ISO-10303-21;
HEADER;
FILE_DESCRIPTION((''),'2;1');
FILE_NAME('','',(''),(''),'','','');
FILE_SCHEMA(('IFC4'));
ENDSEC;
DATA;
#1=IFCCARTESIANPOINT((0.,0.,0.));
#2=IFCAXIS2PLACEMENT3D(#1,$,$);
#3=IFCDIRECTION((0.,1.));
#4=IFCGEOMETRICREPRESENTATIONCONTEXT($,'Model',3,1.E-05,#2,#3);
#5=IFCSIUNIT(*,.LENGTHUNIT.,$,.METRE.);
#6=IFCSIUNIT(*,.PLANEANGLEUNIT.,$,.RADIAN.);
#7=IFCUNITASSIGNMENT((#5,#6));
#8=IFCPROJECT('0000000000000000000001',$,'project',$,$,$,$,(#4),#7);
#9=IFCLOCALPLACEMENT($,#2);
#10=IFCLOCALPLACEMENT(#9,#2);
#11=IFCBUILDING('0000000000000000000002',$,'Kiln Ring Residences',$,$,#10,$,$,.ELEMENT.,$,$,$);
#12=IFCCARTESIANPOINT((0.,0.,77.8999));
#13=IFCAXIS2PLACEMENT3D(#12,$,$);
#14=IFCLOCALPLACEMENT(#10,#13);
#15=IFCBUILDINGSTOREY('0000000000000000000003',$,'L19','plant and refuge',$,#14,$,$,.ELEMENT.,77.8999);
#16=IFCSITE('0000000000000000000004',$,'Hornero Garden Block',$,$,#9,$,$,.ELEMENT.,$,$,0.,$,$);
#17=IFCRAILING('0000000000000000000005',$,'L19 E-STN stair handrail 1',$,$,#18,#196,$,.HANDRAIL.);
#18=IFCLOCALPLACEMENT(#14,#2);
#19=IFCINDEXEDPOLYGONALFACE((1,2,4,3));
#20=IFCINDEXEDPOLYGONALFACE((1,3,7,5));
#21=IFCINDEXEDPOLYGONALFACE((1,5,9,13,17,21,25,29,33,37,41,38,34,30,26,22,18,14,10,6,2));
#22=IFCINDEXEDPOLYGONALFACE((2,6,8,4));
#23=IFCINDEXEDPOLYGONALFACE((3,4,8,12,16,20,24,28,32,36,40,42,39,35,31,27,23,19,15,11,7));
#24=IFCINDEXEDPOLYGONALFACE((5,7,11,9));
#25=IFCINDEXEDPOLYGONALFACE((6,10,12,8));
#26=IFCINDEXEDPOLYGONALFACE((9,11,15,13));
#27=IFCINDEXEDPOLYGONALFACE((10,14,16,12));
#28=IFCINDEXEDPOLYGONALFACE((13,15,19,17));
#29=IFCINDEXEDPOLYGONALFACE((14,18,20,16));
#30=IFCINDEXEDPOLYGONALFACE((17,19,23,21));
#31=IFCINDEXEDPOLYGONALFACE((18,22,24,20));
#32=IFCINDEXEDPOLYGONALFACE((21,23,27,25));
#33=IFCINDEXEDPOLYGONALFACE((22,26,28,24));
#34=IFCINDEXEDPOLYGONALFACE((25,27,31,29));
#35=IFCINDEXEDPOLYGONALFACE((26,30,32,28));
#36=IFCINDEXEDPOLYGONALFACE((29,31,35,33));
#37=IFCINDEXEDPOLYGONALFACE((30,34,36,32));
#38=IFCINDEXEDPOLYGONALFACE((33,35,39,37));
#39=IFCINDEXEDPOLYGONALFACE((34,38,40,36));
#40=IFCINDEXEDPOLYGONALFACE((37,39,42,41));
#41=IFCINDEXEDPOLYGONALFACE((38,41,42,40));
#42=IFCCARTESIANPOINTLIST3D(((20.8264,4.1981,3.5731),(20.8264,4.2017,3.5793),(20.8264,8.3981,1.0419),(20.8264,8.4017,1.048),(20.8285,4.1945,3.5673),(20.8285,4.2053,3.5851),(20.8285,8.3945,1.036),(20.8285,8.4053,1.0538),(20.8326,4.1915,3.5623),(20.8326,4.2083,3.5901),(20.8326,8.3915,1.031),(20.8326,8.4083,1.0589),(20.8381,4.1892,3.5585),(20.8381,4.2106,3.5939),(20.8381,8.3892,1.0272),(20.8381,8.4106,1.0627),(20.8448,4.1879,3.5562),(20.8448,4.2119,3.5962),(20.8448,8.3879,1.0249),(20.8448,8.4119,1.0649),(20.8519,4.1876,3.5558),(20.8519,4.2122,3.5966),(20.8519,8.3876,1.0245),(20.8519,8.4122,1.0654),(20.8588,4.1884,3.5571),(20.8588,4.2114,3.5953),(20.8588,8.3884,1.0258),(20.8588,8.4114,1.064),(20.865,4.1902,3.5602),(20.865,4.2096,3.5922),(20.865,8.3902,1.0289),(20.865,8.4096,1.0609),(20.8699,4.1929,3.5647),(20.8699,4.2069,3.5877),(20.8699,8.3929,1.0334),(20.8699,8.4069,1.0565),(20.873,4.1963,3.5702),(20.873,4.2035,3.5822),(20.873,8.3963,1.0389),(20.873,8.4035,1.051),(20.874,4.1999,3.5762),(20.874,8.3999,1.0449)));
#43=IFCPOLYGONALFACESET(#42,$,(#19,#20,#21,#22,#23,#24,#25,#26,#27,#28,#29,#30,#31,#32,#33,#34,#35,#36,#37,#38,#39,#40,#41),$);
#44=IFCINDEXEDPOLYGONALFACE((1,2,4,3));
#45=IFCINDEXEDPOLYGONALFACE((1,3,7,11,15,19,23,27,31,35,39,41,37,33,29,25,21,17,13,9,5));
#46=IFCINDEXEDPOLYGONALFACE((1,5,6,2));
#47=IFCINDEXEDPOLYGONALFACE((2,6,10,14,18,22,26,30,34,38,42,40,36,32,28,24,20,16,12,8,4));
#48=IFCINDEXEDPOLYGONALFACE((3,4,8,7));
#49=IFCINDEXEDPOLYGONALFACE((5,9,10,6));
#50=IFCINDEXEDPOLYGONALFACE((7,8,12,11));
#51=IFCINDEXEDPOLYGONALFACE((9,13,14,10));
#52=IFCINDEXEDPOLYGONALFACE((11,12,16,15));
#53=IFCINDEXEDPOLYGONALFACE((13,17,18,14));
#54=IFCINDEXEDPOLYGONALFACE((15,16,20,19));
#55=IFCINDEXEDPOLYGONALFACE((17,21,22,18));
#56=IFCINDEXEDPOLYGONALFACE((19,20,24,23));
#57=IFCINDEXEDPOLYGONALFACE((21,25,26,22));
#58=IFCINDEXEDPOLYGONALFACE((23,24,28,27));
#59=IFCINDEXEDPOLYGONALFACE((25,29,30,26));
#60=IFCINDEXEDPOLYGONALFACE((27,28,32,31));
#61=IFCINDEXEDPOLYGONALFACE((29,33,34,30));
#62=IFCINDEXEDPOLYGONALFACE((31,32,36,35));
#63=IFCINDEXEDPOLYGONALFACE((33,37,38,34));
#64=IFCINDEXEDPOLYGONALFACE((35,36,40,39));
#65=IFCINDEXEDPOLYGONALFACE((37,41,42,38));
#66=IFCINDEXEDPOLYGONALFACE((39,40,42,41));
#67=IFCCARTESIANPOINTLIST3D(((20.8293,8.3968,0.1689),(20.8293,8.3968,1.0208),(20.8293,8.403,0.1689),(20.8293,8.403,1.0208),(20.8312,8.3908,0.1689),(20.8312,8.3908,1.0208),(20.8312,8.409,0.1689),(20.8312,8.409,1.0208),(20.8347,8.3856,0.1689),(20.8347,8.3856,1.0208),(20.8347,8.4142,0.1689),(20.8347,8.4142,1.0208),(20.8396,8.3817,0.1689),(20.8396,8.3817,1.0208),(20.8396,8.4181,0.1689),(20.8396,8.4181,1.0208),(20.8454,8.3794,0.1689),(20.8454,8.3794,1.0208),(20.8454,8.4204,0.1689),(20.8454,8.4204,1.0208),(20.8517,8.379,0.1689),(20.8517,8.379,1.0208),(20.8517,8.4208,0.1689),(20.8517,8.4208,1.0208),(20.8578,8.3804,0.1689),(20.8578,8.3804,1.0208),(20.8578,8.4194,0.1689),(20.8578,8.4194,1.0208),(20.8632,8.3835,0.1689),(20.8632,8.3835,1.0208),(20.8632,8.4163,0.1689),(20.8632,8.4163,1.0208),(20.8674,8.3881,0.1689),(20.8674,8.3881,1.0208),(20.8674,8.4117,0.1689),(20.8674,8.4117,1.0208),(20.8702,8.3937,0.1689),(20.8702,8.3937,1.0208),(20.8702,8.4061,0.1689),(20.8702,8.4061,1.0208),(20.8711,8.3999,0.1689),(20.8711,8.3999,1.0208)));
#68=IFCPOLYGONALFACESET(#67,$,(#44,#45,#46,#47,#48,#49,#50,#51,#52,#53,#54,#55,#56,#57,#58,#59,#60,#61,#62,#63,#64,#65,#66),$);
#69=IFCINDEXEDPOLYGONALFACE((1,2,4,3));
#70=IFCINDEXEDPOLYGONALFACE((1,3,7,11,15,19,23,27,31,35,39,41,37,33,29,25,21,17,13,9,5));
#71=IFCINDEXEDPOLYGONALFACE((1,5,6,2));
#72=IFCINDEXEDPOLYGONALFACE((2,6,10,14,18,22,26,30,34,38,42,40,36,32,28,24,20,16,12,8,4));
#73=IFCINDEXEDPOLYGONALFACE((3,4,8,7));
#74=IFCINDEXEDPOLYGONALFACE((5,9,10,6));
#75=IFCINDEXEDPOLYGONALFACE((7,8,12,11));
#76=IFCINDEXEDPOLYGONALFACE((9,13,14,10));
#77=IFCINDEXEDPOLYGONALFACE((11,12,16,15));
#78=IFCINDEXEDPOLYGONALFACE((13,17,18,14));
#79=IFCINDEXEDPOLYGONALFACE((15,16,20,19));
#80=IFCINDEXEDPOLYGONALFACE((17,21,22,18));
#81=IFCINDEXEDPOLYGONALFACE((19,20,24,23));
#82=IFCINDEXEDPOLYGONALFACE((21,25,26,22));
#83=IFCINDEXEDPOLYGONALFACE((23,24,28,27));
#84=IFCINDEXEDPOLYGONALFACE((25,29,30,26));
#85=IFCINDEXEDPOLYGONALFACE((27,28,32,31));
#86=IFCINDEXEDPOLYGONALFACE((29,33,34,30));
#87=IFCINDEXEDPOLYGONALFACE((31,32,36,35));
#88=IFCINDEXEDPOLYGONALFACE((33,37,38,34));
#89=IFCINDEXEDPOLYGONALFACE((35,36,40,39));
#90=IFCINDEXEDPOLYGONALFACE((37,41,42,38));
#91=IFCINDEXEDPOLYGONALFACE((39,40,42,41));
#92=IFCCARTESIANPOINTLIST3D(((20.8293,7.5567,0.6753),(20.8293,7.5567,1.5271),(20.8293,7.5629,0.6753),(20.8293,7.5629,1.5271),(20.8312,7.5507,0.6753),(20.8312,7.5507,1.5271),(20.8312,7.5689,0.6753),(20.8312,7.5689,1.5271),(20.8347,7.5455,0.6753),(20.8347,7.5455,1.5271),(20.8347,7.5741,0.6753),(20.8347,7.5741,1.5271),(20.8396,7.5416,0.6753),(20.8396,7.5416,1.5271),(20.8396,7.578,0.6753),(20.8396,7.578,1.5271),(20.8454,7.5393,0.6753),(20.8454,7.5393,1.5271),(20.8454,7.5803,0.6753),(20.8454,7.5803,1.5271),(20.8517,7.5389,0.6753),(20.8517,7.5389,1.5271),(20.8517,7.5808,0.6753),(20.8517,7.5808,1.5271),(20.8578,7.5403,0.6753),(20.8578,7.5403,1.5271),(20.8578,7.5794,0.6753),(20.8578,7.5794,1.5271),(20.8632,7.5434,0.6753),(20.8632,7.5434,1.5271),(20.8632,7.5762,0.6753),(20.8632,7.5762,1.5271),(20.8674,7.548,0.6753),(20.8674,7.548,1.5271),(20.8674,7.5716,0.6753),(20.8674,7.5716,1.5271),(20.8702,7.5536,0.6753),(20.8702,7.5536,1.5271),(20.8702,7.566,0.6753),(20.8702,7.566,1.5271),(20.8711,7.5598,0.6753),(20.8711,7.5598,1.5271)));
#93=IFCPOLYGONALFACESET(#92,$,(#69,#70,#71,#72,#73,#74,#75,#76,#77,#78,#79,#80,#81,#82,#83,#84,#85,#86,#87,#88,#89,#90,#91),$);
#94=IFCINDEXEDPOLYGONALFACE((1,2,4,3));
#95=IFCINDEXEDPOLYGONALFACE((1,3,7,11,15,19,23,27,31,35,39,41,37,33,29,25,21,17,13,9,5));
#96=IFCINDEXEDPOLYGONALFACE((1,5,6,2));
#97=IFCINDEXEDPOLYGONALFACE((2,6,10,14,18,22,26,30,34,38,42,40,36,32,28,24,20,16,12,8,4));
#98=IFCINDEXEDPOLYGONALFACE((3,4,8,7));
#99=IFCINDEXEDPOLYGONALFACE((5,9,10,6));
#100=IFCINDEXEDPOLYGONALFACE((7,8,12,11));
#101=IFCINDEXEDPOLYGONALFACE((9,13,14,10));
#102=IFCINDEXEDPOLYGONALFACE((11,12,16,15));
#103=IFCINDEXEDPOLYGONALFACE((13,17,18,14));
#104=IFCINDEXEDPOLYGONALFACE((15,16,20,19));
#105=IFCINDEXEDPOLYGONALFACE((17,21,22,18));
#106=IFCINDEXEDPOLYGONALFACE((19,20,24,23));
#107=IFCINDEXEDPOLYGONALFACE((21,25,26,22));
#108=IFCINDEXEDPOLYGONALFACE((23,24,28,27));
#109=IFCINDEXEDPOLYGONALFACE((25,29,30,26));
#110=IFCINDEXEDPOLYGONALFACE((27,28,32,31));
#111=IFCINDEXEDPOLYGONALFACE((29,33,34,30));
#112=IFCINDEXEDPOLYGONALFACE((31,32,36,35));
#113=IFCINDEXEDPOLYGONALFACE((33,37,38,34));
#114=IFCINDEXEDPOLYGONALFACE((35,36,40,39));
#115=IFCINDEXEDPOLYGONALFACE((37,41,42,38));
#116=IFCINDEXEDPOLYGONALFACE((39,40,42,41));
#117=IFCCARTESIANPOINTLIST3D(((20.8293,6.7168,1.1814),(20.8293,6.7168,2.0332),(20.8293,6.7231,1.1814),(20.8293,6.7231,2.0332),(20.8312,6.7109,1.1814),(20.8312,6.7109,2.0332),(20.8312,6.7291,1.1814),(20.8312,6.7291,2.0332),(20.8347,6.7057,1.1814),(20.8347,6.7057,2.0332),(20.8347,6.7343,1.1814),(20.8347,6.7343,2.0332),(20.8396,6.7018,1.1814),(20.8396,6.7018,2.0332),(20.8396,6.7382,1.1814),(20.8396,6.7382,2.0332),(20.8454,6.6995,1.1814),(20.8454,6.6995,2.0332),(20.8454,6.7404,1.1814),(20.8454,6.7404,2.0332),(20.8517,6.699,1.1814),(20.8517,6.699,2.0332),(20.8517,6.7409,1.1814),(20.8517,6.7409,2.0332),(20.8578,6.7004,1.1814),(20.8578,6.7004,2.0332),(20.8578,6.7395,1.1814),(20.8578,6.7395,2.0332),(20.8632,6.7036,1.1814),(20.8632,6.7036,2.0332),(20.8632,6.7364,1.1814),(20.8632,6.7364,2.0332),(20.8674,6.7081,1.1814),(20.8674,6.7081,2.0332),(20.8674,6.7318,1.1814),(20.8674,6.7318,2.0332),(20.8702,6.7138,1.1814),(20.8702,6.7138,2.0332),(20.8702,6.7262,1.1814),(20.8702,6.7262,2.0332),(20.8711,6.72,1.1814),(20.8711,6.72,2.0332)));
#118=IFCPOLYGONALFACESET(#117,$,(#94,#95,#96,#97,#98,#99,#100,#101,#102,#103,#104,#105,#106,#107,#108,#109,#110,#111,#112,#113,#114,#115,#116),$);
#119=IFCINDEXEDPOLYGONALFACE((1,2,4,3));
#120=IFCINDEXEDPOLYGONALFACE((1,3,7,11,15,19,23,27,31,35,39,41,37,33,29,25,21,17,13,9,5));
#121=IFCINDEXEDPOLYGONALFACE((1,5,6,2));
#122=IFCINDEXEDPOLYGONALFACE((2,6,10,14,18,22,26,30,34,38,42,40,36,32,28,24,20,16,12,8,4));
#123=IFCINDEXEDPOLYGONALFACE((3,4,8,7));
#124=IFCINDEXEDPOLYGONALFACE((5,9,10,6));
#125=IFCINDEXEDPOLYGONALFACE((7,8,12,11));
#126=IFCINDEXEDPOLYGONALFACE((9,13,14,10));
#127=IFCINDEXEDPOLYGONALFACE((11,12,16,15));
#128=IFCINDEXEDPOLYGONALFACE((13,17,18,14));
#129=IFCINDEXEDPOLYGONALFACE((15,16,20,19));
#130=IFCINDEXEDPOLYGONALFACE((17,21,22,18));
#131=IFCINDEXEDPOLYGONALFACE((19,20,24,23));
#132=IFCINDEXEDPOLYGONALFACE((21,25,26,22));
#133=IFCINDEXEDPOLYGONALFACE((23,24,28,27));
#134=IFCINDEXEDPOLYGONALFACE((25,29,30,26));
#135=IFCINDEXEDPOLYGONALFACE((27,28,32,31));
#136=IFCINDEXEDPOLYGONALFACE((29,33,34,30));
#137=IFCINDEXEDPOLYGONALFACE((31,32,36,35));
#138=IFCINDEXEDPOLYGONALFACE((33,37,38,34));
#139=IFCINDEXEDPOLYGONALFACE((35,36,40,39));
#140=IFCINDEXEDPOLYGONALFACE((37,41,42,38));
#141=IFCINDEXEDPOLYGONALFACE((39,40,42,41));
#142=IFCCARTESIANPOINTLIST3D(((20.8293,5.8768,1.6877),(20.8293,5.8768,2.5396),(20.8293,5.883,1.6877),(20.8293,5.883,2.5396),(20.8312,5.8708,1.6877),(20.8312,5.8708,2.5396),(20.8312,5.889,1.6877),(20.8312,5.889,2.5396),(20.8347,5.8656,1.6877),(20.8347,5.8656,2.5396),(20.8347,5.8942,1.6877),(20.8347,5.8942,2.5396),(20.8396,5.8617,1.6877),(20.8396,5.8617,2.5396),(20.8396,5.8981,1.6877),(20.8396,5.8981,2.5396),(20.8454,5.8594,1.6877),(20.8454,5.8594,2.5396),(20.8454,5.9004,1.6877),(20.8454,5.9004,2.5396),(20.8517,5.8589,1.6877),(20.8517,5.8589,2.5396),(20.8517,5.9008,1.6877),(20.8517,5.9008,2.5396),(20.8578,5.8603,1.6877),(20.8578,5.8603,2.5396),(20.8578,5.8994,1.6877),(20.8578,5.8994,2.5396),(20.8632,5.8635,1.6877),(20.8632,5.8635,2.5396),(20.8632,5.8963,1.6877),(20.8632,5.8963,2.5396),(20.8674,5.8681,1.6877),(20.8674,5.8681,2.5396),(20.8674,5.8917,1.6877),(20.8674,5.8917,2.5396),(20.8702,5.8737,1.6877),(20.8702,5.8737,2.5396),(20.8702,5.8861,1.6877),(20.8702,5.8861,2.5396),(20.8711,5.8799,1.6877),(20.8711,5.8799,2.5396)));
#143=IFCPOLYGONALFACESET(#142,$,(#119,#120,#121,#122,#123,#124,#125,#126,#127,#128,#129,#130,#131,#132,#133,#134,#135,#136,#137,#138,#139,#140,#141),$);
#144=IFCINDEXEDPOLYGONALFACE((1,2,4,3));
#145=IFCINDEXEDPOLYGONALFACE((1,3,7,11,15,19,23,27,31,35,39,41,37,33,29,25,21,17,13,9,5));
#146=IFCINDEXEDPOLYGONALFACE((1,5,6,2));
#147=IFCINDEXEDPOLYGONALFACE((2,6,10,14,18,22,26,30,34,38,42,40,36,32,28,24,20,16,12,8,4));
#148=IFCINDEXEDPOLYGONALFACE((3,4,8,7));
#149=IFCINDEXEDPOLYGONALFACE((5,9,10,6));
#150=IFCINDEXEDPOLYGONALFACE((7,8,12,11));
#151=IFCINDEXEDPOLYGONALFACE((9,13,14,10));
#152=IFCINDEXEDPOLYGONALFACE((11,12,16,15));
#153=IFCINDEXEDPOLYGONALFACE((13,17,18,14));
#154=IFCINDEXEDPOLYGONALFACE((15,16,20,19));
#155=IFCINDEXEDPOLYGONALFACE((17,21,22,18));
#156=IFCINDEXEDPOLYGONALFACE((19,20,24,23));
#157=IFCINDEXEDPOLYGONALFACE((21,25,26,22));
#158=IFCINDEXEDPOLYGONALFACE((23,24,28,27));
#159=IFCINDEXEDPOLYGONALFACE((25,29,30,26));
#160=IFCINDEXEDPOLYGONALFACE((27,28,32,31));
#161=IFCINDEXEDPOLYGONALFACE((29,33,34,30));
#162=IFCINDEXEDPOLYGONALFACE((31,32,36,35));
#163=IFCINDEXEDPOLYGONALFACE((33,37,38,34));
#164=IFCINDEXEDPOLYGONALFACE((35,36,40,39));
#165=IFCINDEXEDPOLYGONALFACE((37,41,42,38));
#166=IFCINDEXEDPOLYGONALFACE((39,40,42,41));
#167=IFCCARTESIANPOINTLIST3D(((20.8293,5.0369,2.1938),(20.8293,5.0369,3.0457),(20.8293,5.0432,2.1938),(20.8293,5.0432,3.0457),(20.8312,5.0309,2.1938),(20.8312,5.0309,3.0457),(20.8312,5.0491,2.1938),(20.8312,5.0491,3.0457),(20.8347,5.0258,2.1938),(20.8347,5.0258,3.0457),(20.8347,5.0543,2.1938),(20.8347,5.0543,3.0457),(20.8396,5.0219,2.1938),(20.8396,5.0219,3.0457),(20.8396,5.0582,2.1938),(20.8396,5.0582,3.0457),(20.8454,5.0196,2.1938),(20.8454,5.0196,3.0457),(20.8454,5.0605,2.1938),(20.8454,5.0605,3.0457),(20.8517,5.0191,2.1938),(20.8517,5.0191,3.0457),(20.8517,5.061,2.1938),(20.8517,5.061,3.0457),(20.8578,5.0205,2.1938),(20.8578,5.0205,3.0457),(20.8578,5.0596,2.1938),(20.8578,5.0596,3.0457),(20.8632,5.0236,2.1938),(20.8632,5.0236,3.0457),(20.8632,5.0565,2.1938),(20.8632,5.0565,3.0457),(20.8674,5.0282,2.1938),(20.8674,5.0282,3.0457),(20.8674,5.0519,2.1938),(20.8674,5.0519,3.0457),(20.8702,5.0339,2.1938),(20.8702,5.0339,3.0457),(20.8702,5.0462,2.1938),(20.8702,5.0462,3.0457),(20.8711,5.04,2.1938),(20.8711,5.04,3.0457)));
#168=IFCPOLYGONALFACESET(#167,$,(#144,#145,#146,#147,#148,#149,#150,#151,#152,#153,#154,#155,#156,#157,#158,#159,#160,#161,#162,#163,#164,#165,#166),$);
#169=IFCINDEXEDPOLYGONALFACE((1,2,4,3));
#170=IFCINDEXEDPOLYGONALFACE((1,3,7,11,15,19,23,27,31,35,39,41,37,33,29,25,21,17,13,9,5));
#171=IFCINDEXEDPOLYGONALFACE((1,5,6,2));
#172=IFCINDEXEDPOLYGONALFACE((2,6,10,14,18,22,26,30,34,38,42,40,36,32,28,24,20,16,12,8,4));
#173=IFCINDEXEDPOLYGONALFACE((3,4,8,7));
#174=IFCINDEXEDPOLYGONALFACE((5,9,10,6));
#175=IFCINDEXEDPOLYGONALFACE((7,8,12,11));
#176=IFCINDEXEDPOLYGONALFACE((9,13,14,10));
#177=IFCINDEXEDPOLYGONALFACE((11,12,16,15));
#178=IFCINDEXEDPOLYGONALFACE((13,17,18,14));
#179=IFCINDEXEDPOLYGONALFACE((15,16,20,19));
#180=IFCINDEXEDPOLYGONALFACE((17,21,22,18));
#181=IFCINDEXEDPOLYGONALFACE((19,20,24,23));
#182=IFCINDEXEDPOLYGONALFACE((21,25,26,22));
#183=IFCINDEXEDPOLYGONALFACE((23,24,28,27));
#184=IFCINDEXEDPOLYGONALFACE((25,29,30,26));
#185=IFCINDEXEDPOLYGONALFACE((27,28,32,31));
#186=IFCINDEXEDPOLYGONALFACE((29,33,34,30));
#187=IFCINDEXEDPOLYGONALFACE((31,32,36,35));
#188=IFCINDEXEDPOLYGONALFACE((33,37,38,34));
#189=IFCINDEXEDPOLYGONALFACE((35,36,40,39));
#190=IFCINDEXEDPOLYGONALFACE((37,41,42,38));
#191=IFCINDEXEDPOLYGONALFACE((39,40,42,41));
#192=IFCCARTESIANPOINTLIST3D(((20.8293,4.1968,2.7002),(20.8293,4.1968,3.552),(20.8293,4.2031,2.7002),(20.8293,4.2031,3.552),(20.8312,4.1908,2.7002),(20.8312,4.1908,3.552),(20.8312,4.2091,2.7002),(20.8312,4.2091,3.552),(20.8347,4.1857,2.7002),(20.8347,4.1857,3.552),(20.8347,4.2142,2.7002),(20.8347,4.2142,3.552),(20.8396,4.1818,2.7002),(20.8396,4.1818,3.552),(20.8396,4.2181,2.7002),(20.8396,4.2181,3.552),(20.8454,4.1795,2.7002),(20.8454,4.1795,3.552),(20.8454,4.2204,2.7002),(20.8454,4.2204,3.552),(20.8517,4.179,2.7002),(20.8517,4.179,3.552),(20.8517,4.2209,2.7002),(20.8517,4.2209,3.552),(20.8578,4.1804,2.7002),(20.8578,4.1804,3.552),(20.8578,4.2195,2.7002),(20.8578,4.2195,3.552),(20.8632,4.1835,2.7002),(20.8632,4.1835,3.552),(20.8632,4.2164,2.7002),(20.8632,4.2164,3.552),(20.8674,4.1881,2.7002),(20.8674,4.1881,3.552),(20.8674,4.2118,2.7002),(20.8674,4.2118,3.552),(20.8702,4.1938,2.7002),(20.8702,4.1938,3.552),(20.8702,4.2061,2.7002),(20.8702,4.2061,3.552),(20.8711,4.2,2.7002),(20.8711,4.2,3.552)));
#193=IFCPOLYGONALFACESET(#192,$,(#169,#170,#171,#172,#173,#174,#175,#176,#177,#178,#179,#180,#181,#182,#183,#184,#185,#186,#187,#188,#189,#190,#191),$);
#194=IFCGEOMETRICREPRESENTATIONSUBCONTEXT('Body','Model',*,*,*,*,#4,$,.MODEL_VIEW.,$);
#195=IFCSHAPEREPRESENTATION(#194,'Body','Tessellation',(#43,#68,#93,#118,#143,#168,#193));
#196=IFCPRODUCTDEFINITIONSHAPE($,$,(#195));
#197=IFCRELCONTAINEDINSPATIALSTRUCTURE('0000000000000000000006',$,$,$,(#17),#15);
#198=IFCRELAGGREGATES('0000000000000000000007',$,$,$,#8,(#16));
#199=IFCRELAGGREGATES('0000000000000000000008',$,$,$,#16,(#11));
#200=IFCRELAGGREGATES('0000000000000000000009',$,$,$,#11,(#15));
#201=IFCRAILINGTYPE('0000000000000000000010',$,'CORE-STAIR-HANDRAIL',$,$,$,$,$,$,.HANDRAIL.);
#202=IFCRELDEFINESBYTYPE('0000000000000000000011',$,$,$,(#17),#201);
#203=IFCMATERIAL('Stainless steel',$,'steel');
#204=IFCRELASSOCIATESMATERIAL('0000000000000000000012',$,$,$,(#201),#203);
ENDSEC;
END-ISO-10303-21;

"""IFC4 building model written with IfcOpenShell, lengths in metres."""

from ifc_helpers import new_model, si_unit, direction, frame, origin, origin_2d, place, context, subcontext, project, spatial, circle, extrude, material, type_object, element, save


model = new_model("IFC4")

# Units and contexts
model_context = context("Model", 3, precision=1e-05, world=origin(), true_north=direction((0.0, 1.0)))
body_context = subcontext(model_context, "Body", "Model", "MODEL_VIEW")
ifc_project = project(units=[si_unit("LENGTHUNIT", "METRE"), si_unit("PLANEANGLEUNIT", "RADIAN")], contexts=[model_context])

# Site, building, storey
site_placement = place(None, origin())
site = spatial("IfcSite", under=ifc_project, at=site_placement, Name="Hornero Garden Block", CompositionType="ELEMENT", RefElevation=0.0)
building_placement = place(site_placement, origin())
building = spatial("IfcBuilding", under=site, at=building_placement, Name="Kiln Ring Residences", CompositionType="ELEMENT")
storey_placement = place(building_placement, frame((0.0, 0.0, 77.8999)))
storey = spatial("IfcBuildingStorey", under=building, at=storey_placement, Name="L19", Description="plant and refuge", CompositionType="ELEMENT", Elevation=77.8999)

# Railing
ifc_material_1 = material(Name="Stainless steel", Category="steel")
railing_type_1 = type_object("IfcRailingType", Name="CORE-STAIR-HANDRAIL", PredefinedType="HANDRAIL", material=ifc_material_1)
railing_1_placement = place(storey_placement, frame((20.8501, 8.3999, 0.1689)))
element("IfcRailing", 1, at=railing_1_placement, inside=storey, type_object=railing_type_1, Name="L19 E-STN stair handrail 1", PredefinedType="HANDRAIL", context=body_context, shape_type="SweptSolid", body=[
    extrude(circle(Radius=0.0239, at=origin_2d()), frame((0.0, 0.0, 0.876), z_axis=(0.0, -0.856476, 0.516186), x_axis=(1.0, 0.0, 0.0)), (0.0, 0.0, 1.0), 4.9038),
    extrude(circle(Radius=0.021, at=origin_2d()), origin(), (0.0, 0.0, 1.0), 0.8518),
    extrude(circle(Radius=0.021, at=origin_2d()), frame((0.0, -0.8401, 0.5063)), (0.0, 0.0, 1.0), 0.8518),
    extrude(circle(Radius=0.021, at=origin_2d()), frame((0.0, -1.6799, 1.0125)), (0.0, 0.0, 1.0), 0.8518),
    extrude(circle(Radius=0.021, at=origin_2d()), frame((0.0, -2.52, 1.5188)), (0.0, 0.0, 1.0), 0.8518),
    extrude(circle(Radius=0.021, at=origin_2d()), frame((0.0, -3.3599, 2.0249)), (0.0, 0.0, 1.0), 0.8518),
    extrude(circle(Radius=0.021, at=origin_2d()), frame((0.0, -4.2, 2.5312)), (0.0, 0.0, 1.0), 0.8518),
])

save(model, "model.ifc")
